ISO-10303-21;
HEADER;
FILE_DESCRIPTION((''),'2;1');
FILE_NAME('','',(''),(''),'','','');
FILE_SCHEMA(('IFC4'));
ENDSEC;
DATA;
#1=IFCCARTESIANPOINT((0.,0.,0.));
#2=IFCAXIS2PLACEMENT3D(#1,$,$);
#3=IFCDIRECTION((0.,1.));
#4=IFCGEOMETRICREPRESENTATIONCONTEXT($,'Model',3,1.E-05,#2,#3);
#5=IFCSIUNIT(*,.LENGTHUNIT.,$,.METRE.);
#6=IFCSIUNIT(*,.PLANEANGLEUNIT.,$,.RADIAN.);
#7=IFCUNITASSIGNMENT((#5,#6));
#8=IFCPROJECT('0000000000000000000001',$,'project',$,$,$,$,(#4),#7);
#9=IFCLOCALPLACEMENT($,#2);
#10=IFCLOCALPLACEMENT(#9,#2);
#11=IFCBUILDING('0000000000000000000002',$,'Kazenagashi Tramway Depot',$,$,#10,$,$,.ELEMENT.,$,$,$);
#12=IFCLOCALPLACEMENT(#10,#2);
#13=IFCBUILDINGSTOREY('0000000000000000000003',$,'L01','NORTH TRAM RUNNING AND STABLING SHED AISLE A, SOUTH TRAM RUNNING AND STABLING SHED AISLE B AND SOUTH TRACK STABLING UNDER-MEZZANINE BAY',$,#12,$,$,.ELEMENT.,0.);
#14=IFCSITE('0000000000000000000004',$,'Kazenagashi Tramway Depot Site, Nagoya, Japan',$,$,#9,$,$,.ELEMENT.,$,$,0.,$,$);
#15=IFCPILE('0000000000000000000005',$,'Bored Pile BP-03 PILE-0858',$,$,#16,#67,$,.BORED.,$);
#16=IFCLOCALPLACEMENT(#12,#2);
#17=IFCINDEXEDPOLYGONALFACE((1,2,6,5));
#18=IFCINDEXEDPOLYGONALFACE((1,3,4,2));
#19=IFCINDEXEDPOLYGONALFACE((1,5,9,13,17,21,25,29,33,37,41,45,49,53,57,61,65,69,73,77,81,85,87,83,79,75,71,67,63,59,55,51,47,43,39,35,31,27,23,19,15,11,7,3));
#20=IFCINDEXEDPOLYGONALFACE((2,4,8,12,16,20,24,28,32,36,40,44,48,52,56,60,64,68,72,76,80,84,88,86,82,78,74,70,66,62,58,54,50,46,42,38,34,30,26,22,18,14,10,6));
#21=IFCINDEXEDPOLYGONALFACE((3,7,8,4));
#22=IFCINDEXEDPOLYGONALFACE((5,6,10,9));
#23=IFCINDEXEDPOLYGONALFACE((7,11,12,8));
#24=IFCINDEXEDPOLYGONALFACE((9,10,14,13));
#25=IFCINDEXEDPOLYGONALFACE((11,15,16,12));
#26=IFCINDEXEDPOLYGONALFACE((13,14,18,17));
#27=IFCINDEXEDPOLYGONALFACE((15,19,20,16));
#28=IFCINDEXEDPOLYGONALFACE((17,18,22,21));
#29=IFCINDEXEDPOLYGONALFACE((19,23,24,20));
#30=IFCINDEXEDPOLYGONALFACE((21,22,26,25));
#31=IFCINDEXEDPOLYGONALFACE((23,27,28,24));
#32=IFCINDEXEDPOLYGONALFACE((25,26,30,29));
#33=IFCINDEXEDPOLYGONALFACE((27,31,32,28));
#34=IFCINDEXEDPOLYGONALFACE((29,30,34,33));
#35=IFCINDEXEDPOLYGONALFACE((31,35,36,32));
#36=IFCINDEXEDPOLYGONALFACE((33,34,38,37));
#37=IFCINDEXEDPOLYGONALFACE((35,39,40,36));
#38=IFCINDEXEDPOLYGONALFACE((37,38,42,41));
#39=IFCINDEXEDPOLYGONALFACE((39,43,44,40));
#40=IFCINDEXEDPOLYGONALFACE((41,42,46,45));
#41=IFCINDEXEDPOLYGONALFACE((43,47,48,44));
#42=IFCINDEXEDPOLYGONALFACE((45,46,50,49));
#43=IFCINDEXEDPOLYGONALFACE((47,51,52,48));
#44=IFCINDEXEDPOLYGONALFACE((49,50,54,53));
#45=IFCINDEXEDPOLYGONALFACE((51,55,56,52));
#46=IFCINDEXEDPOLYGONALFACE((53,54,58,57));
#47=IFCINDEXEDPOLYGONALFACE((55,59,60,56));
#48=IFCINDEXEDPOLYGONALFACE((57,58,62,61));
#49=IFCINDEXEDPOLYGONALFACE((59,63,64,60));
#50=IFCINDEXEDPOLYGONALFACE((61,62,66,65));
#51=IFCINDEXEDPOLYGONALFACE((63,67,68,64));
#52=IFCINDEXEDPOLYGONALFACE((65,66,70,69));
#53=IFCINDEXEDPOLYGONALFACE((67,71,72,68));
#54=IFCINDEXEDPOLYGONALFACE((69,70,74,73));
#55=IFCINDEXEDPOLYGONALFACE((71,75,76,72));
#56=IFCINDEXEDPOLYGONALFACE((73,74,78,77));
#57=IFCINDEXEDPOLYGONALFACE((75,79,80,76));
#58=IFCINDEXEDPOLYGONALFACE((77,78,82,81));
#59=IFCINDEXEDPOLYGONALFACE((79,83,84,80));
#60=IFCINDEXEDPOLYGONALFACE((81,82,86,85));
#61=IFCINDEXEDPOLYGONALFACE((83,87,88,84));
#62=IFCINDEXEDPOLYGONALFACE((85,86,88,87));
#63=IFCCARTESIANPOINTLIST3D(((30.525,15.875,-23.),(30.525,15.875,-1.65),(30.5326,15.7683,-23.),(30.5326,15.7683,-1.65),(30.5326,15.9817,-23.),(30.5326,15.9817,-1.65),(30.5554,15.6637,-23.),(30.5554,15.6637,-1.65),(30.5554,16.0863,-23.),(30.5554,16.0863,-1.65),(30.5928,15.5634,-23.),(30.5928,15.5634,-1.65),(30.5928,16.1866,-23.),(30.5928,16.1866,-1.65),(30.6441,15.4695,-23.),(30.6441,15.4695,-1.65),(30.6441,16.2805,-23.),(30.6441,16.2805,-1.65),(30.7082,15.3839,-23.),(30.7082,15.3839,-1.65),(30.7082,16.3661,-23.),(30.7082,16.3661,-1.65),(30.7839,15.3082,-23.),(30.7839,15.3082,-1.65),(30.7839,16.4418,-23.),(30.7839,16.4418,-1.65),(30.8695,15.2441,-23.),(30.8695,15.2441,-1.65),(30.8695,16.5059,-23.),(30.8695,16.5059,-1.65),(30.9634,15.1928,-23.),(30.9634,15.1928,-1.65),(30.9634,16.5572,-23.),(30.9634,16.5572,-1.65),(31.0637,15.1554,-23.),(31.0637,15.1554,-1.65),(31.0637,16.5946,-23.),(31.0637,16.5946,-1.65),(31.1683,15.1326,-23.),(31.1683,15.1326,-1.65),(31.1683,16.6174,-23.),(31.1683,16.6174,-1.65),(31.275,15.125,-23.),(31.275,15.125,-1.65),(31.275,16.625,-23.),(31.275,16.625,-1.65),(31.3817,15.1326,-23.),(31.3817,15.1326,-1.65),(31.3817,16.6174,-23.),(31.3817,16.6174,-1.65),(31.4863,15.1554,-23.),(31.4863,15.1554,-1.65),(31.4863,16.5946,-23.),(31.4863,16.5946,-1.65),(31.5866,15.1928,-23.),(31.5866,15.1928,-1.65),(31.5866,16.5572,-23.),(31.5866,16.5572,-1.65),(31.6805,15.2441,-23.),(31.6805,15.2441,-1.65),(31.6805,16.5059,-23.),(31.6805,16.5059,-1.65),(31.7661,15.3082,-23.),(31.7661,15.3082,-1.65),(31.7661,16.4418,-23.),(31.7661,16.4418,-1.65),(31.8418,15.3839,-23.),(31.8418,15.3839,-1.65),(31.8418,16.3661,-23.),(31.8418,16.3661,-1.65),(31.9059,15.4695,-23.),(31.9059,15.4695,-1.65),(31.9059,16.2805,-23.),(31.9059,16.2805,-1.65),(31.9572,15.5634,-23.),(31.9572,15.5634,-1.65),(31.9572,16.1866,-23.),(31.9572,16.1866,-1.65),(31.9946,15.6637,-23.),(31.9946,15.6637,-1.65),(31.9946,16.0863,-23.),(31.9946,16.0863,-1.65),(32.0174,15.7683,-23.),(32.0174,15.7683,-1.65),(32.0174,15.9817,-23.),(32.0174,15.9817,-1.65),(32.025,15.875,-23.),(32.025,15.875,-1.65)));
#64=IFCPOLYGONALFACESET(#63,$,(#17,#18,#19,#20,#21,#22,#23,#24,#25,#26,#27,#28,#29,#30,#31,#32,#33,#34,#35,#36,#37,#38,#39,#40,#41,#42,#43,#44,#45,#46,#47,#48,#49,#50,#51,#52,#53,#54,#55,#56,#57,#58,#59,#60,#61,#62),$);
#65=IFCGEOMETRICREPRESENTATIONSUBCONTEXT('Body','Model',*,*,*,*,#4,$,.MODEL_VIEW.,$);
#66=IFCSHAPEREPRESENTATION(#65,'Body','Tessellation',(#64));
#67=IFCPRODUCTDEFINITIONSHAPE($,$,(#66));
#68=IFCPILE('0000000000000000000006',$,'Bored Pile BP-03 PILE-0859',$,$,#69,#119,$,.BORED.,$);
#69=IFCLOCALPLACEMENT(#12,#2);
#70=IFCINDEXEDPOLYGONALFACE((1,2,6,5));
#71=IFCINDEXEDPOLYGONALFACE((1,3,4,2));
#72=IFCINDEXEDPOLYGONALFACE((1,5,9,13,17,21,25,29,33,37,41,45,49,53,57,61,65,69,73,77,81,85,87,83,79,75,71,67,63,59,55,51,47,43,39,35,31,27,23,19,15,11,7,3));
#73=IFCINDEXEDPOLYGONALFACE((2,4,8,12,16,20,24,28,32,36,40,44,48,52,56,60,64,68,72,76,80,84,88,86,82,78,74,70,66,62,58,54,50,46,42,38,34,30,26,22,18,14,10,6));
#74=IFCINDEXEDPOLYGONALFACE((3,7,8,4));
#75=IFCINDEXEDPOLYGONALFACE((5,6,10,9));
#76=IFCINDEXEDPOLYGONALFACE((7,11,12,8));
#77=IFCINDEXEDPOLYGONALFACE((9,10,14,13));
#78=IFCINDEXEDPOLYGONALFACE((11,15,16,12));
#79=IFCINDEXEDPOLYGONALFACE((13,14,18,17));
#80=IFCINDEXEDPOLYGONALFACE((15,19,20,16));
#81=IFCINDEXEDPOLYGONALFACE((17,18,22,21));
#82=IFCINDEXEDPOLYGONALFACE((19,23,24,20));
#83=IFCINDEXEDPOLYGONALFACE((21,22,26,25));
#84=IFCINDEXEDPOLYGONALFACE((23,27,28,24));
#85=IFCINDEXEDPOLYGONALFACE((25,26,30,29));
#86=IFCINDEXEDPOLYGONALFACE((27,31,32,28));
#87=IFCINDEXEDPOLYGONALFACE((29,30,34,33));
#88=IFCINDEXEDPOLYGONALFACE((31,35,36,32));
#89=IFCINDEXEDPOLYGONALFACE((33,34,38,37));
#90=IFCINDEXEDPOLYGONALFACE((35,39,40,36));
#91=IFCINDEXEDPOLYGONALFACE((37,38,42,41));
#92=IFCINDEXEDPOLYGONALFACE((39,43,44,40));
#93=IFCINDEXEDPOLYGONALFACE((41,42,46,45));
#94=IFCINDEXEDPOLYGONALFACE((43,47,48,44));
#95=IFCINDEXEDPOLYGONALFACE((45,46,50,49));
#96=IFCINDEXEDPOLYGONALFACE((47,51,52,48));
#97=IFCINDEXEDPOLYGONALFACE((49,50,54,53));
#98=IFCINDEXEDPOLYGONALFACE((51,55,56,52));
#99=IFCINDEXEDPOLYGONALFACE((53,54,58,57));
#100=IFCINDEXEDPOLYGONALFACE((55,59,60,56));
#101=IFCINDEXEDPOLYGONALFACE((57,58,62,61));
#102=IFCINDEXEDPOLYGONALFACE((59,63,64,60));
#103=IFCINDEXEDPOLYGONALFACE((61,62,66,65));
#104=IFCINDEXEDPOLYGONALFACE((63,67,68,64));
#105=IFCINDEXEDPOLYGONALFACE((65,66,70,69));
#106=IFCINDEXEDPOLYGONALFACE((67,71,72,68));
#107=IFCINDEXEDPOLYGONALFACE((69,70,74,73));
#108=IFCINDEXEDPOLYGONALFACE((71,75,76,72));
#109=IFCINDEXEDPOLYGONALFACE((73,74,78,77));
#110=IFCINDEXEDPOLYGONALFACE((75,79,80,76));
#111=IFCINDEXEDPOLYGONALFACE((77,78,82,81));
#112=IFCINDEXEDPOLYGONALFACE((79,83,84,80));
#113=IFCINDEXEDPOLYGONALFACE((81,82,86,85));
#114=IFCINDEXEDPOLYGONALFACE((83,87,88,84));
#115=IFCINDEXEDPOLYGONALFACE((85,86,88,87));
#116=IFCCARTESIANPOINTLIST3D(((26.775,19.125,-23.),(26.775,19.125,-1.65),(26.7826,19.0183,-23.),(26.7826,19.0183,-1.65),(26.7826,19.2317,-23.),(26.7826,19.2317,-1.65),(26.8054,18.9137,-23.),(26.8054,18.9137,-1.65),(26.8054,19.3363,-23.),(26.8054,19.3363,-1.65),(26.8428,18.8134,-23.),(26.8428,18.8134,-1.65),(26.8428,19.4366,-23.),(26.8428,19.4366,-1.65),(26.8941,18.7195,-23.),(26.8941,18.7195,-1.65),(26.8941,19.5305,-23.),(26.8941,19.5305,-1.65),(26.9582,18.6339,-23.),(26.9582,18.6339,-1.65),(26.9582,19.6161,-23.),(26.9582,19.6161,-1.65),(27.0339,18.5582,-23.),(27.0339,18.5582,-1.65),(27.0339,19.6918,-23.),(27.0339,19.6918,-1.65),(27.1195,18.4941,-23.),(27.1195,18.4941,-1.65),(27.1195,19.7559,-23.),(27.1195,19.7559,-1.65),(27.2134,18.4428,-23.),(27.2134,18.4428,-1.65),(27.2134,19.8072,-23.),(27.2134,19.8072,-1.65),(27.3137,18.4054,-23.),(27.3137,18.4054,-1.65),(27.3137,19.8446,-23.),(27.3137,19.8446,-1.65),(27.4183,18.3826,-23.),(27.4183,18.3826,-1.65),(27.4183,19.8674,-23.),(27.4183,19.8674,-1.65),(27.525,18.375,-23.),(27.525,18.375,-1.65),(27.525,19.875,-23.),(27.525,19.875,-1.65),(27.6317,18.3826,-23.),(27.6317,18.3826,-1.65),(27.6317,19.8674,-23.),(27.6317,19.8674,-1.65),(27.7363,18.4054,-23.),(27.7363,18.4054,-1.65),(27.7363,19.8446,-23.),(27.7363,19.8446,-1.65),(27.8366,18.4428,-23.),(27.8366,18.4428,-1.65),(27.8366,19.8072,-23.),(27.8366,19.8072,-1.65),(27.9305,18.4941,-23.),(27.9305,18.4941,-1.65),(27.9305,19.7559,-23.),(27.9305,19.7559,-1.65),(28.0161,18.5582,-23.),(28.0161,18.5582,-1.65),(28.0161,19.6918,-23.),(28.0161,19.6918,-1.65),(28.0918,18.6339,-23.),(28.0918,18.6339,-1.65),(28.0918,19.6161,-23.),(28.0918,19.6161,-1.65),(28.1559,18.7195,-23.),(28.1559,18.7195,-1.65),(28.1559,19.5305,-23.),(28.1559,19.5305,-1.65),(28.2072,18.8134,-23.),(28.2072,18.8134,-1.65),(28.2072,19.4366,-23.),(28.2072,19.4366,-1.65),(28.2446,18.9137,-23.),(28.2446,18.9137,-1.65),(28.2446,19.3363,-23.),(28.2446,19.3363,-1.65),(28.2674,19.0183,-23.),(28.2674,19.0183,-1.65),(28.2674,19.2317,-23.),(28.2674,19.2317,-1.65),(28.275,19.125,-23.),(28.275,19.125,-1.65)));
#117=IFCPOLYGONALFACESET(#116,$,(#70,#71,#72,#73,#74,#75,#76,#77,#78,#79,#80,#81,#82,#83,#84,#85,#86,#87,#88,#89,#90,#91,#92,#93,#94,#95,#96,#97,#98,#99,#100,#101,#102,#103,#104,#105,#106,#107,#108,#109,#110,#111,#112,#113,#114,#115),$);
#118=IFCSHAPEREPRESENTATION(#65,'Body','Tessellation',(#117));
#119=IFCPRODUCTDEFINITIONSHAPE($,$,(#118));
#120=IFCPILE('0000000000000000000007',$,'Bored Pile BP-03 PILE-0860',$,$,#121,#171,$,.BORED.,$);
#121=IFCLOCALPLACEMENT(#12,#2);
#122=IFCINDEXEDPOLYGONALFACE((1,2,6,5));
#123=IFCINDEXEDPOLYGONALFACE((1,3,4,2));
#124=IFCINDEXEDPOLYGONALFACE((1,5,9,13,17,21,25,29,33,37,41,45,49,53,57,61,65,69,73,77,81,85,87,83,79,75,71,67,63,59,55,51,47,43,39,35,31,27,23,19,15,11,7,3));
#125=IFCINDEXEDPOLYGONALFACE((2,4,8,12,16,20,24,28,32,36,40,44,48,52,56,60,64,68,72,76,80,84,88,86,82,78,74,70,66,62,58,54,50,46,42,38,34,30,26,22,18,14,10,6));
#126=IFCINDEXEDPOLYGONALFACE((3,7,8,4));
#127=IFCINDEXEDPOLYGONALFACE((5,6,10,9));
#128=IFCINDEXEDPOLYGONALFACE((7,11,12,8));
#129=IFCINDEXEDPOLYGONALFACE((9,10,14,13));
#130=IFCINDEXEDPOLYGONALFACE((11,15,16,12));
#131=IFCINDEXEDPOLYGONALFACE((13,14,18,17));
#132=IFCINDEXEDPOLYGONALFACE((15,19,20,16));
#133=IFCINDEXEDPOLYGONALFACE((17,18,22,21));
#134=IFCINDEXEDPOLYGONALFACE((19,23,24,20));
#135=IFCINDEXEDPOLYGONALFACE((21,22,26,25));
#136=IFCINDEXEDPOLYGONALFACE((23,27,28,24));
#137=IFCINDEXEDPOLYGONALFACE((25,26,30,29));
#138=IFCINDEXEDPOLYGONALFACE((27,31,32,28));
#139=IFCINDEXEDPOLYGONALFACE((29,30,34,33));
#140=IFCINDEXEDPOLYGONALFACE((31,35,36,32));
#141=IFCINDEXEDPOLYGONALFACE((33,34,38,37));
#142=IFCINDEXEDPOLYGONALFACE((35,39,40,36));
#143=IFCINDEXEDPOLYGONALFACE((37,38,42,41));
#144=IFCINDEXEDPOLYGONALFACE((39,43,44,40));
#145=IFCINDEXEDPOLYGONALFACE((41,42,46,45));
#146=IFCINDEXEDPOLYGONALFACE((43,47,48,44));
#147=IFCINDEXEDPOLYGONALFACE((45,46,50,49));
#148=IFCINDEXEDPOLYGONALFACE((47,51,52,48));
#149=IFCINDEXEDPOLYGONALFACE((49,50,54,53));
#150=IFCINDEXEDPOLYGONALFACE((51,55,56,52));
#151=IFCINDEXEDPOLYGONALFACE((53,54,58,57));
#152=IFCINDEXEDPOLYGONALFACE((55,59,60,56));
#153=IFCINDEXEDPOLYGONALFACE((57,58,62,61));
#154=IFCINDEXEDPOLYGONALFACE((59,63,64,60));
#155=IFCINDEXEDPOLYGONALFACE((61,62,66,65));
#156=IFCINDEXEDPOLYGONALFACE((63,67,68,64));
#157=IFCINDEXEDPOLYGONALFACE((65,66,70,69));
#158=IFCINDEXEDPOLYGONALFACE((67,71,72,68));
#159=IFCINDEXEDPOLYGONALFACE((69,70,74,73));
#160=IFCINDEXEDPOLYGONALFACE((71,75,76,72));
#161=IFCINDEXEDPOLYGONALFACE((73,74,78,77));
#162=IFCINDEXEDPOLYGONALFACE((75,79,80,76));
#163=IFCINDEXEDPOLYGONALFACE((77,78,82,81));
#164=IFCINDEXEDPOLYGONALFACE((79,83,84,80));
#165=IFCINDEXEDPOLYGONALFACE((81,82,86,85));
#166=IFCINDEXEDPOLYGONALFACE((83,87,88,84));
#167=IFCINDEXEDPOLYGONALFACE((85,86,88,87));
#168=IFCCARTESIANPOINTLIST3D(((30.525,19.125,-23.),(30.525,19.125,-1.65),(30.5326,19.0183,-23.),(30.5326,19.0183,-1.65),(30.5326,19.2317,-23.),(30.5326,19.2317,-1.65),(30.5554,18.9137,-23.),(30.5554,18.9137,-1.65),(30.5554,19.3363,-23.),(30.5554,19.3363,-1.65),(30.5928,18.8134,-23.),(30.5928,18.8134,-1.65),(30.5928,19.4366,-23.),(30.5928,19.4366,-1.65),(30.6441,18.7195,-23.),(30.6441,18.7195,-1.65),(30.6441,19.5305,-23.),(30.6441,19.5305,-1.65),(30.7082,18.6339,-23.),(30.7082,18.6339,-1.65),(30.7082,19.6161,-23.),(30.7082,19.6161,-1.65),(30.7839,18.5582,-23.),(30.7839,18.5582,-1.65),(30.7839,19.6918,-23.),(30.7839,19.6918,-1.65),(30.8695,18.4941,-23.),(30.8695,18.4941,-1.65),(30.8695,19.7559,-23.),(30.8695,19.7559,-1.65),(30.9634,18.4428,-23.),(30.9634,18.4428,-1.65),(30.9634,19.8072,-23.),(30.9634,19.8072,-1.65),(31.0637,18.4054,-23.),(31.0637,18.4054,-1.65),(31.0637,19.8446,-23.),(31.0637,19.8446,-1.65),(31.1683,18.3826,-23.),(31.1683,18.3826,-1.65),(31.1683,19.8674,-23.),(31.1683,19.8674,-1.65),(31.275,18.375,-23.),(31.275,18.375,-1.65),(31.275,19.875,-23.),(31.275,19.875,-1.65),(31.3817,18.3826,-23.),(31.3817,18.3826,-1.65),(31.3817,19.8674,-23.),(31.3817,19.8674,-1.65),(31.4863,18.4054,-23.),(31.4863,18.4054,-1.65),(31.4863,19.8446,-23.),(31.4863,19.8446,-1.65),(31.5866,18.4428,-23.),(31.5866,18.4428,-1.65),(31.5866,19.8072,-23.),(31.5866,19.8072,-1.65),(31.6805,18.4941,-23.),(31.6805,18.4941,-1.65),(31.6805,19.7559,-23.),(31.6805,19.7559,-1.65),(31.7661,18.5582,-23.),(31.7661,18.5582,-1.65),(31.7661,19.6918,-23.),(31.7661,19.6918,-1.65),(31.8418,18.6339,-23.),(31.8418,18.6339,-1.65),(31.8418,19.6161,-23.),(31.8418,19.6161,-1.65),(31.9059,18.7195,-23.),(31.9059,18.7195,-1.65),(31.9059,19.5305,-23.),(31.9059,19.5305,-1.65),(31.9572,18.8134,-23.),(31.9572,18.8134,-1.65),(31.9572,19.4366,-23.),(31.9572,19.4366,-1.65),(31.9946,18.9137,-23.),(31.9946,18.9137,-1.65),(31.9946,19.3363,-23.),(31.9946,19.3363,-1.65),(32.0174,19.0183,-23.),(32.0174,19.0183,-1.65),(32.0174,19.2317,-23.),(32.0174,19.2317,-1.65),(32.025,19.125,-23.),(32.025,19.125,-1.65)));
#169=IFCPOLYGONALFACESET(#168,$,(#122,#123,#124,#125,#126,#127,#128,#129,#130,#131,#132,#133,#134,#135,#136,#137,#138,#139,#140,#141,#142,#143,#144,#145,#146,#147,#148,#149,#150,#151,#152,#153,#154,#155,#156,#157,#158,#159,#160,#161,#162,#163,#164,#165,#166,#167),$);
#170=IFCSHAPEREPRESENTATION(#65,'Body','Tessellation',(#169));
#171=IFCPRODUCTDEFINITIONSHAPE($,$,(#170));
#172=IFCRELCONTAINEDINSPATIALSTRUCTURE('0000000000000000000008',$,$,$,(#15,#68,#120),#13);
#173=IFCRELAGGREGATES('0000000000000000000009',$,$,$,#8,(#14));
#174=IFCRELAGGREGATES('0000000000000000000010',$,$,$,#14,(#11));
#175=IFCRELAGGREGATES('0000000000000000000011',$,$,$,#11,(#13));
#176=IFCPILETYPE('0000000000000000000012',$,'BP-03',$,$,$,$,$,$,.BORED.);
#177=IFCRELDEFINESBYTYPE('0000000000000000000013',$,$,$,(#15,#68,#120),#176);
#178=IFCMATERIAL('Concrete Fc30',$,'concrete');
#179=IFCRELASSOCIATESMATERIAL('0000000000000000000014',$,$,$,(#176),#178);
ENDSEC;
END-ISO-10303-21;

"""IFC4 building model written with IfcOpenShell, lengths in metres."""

from ifc_helpers import new_model, si_unit, direction, frame, origin, origin_2d, place, context, subcontext, project, spatial, circle, extrude, material, material_profile, profile_set, type_object, element, save


model = new_model("IFC4")

# Units and contexts
model_context = context("Model", 3, precision=1e-05, world=origin(), true_north=direction((0.0, 1.0)))
body_context = subcontext(model_context, "Body", "Model", "MODEL_VIEW")
ifc_project = project(units=[si_unit("LENGTHUNIT", "METRE"), si_unit("PLANEANGLEUNIT", "RADIAN")], contexts=[model_context])

# Site, building, storey
site_placement = place(None, origin())
site = spatial("IfcSite", under=ifc_project, at=site_placement, Name="Kazenagashi Tramway Depot Site, Nagoya, Japan", CompositionType="ELEMENT", RefElevation=0.0)
building_placement = place(site_placement, origin())
building = spatial("IfcBuilding", under=site, at=building_placement, Name="Kazenagashi Tramway Depot", CompositionType="ELEMENT")
storey_placement = place(building_placement, origin())
storey = spatial("IfcBuildingStorey", under=building, at=storey_placement, Name="L01", Description="NORTH TRAM RUNNING AND STABLING SHED AISLE A, SOUTH TRAM RUNNING AND STABLING SHED AISLE B AND SOUTH TRACK STABLING UNDER-MEZZANINE BAY", CompositionType="ELEMENT", Elevation=0.0)

# Piles
ifc_material_1 = material(Name="Concrete Fc30", Category="concrete")
ifc_material_profile_1 = material_profile(ifc_material_1, circle(Radius=0.75, at=origin_2d()), Name="PILE-1500")
ifc_profile_set_1 = profile_set([ifc_material_profile_1], Name="Concrete Fc30")
pile_type_1 = type_object("IfcPileType", Name="BP-03", PredefinedType="BORED", material=ifc_profile_set_1)
for number, where, z_axis, x_axis, name in (
    (1, (31.275, 15.875, -1.65), (0.0, 0.0, -1.0), (1.0, 0.0, 0.0), "Bored Pile BP-03 PILE-0858"),
    (2, (27.525, 19.125, -1.65), (0.0, 0.0, -1.0), (1.0, 0.0, 0.0), "Bored Pile BP-03 PILE-0859"),
    (3, (31.275, 19.125, -1.65), (0.0, 0.0, -1.0), (1.0, 0.0, 0.0), "Bored Pile BP-03 PILE-0860"),
):
    element("IfcPile", number, at=place(storey_placement, frame(where, z_axis=z_axis, x_axis=x_axis)), inside=storey, type_object=pile_type_1, Name=name, PredefinedType="BORED", context=body_context, shape_type="SweptSolid", body=[
        extrude(circle(Radius=0.75, at=origin_2d()), origin(), (0.0, 0.0, 1.0), 21.35),
    ])

save(model, "model.ifc")
